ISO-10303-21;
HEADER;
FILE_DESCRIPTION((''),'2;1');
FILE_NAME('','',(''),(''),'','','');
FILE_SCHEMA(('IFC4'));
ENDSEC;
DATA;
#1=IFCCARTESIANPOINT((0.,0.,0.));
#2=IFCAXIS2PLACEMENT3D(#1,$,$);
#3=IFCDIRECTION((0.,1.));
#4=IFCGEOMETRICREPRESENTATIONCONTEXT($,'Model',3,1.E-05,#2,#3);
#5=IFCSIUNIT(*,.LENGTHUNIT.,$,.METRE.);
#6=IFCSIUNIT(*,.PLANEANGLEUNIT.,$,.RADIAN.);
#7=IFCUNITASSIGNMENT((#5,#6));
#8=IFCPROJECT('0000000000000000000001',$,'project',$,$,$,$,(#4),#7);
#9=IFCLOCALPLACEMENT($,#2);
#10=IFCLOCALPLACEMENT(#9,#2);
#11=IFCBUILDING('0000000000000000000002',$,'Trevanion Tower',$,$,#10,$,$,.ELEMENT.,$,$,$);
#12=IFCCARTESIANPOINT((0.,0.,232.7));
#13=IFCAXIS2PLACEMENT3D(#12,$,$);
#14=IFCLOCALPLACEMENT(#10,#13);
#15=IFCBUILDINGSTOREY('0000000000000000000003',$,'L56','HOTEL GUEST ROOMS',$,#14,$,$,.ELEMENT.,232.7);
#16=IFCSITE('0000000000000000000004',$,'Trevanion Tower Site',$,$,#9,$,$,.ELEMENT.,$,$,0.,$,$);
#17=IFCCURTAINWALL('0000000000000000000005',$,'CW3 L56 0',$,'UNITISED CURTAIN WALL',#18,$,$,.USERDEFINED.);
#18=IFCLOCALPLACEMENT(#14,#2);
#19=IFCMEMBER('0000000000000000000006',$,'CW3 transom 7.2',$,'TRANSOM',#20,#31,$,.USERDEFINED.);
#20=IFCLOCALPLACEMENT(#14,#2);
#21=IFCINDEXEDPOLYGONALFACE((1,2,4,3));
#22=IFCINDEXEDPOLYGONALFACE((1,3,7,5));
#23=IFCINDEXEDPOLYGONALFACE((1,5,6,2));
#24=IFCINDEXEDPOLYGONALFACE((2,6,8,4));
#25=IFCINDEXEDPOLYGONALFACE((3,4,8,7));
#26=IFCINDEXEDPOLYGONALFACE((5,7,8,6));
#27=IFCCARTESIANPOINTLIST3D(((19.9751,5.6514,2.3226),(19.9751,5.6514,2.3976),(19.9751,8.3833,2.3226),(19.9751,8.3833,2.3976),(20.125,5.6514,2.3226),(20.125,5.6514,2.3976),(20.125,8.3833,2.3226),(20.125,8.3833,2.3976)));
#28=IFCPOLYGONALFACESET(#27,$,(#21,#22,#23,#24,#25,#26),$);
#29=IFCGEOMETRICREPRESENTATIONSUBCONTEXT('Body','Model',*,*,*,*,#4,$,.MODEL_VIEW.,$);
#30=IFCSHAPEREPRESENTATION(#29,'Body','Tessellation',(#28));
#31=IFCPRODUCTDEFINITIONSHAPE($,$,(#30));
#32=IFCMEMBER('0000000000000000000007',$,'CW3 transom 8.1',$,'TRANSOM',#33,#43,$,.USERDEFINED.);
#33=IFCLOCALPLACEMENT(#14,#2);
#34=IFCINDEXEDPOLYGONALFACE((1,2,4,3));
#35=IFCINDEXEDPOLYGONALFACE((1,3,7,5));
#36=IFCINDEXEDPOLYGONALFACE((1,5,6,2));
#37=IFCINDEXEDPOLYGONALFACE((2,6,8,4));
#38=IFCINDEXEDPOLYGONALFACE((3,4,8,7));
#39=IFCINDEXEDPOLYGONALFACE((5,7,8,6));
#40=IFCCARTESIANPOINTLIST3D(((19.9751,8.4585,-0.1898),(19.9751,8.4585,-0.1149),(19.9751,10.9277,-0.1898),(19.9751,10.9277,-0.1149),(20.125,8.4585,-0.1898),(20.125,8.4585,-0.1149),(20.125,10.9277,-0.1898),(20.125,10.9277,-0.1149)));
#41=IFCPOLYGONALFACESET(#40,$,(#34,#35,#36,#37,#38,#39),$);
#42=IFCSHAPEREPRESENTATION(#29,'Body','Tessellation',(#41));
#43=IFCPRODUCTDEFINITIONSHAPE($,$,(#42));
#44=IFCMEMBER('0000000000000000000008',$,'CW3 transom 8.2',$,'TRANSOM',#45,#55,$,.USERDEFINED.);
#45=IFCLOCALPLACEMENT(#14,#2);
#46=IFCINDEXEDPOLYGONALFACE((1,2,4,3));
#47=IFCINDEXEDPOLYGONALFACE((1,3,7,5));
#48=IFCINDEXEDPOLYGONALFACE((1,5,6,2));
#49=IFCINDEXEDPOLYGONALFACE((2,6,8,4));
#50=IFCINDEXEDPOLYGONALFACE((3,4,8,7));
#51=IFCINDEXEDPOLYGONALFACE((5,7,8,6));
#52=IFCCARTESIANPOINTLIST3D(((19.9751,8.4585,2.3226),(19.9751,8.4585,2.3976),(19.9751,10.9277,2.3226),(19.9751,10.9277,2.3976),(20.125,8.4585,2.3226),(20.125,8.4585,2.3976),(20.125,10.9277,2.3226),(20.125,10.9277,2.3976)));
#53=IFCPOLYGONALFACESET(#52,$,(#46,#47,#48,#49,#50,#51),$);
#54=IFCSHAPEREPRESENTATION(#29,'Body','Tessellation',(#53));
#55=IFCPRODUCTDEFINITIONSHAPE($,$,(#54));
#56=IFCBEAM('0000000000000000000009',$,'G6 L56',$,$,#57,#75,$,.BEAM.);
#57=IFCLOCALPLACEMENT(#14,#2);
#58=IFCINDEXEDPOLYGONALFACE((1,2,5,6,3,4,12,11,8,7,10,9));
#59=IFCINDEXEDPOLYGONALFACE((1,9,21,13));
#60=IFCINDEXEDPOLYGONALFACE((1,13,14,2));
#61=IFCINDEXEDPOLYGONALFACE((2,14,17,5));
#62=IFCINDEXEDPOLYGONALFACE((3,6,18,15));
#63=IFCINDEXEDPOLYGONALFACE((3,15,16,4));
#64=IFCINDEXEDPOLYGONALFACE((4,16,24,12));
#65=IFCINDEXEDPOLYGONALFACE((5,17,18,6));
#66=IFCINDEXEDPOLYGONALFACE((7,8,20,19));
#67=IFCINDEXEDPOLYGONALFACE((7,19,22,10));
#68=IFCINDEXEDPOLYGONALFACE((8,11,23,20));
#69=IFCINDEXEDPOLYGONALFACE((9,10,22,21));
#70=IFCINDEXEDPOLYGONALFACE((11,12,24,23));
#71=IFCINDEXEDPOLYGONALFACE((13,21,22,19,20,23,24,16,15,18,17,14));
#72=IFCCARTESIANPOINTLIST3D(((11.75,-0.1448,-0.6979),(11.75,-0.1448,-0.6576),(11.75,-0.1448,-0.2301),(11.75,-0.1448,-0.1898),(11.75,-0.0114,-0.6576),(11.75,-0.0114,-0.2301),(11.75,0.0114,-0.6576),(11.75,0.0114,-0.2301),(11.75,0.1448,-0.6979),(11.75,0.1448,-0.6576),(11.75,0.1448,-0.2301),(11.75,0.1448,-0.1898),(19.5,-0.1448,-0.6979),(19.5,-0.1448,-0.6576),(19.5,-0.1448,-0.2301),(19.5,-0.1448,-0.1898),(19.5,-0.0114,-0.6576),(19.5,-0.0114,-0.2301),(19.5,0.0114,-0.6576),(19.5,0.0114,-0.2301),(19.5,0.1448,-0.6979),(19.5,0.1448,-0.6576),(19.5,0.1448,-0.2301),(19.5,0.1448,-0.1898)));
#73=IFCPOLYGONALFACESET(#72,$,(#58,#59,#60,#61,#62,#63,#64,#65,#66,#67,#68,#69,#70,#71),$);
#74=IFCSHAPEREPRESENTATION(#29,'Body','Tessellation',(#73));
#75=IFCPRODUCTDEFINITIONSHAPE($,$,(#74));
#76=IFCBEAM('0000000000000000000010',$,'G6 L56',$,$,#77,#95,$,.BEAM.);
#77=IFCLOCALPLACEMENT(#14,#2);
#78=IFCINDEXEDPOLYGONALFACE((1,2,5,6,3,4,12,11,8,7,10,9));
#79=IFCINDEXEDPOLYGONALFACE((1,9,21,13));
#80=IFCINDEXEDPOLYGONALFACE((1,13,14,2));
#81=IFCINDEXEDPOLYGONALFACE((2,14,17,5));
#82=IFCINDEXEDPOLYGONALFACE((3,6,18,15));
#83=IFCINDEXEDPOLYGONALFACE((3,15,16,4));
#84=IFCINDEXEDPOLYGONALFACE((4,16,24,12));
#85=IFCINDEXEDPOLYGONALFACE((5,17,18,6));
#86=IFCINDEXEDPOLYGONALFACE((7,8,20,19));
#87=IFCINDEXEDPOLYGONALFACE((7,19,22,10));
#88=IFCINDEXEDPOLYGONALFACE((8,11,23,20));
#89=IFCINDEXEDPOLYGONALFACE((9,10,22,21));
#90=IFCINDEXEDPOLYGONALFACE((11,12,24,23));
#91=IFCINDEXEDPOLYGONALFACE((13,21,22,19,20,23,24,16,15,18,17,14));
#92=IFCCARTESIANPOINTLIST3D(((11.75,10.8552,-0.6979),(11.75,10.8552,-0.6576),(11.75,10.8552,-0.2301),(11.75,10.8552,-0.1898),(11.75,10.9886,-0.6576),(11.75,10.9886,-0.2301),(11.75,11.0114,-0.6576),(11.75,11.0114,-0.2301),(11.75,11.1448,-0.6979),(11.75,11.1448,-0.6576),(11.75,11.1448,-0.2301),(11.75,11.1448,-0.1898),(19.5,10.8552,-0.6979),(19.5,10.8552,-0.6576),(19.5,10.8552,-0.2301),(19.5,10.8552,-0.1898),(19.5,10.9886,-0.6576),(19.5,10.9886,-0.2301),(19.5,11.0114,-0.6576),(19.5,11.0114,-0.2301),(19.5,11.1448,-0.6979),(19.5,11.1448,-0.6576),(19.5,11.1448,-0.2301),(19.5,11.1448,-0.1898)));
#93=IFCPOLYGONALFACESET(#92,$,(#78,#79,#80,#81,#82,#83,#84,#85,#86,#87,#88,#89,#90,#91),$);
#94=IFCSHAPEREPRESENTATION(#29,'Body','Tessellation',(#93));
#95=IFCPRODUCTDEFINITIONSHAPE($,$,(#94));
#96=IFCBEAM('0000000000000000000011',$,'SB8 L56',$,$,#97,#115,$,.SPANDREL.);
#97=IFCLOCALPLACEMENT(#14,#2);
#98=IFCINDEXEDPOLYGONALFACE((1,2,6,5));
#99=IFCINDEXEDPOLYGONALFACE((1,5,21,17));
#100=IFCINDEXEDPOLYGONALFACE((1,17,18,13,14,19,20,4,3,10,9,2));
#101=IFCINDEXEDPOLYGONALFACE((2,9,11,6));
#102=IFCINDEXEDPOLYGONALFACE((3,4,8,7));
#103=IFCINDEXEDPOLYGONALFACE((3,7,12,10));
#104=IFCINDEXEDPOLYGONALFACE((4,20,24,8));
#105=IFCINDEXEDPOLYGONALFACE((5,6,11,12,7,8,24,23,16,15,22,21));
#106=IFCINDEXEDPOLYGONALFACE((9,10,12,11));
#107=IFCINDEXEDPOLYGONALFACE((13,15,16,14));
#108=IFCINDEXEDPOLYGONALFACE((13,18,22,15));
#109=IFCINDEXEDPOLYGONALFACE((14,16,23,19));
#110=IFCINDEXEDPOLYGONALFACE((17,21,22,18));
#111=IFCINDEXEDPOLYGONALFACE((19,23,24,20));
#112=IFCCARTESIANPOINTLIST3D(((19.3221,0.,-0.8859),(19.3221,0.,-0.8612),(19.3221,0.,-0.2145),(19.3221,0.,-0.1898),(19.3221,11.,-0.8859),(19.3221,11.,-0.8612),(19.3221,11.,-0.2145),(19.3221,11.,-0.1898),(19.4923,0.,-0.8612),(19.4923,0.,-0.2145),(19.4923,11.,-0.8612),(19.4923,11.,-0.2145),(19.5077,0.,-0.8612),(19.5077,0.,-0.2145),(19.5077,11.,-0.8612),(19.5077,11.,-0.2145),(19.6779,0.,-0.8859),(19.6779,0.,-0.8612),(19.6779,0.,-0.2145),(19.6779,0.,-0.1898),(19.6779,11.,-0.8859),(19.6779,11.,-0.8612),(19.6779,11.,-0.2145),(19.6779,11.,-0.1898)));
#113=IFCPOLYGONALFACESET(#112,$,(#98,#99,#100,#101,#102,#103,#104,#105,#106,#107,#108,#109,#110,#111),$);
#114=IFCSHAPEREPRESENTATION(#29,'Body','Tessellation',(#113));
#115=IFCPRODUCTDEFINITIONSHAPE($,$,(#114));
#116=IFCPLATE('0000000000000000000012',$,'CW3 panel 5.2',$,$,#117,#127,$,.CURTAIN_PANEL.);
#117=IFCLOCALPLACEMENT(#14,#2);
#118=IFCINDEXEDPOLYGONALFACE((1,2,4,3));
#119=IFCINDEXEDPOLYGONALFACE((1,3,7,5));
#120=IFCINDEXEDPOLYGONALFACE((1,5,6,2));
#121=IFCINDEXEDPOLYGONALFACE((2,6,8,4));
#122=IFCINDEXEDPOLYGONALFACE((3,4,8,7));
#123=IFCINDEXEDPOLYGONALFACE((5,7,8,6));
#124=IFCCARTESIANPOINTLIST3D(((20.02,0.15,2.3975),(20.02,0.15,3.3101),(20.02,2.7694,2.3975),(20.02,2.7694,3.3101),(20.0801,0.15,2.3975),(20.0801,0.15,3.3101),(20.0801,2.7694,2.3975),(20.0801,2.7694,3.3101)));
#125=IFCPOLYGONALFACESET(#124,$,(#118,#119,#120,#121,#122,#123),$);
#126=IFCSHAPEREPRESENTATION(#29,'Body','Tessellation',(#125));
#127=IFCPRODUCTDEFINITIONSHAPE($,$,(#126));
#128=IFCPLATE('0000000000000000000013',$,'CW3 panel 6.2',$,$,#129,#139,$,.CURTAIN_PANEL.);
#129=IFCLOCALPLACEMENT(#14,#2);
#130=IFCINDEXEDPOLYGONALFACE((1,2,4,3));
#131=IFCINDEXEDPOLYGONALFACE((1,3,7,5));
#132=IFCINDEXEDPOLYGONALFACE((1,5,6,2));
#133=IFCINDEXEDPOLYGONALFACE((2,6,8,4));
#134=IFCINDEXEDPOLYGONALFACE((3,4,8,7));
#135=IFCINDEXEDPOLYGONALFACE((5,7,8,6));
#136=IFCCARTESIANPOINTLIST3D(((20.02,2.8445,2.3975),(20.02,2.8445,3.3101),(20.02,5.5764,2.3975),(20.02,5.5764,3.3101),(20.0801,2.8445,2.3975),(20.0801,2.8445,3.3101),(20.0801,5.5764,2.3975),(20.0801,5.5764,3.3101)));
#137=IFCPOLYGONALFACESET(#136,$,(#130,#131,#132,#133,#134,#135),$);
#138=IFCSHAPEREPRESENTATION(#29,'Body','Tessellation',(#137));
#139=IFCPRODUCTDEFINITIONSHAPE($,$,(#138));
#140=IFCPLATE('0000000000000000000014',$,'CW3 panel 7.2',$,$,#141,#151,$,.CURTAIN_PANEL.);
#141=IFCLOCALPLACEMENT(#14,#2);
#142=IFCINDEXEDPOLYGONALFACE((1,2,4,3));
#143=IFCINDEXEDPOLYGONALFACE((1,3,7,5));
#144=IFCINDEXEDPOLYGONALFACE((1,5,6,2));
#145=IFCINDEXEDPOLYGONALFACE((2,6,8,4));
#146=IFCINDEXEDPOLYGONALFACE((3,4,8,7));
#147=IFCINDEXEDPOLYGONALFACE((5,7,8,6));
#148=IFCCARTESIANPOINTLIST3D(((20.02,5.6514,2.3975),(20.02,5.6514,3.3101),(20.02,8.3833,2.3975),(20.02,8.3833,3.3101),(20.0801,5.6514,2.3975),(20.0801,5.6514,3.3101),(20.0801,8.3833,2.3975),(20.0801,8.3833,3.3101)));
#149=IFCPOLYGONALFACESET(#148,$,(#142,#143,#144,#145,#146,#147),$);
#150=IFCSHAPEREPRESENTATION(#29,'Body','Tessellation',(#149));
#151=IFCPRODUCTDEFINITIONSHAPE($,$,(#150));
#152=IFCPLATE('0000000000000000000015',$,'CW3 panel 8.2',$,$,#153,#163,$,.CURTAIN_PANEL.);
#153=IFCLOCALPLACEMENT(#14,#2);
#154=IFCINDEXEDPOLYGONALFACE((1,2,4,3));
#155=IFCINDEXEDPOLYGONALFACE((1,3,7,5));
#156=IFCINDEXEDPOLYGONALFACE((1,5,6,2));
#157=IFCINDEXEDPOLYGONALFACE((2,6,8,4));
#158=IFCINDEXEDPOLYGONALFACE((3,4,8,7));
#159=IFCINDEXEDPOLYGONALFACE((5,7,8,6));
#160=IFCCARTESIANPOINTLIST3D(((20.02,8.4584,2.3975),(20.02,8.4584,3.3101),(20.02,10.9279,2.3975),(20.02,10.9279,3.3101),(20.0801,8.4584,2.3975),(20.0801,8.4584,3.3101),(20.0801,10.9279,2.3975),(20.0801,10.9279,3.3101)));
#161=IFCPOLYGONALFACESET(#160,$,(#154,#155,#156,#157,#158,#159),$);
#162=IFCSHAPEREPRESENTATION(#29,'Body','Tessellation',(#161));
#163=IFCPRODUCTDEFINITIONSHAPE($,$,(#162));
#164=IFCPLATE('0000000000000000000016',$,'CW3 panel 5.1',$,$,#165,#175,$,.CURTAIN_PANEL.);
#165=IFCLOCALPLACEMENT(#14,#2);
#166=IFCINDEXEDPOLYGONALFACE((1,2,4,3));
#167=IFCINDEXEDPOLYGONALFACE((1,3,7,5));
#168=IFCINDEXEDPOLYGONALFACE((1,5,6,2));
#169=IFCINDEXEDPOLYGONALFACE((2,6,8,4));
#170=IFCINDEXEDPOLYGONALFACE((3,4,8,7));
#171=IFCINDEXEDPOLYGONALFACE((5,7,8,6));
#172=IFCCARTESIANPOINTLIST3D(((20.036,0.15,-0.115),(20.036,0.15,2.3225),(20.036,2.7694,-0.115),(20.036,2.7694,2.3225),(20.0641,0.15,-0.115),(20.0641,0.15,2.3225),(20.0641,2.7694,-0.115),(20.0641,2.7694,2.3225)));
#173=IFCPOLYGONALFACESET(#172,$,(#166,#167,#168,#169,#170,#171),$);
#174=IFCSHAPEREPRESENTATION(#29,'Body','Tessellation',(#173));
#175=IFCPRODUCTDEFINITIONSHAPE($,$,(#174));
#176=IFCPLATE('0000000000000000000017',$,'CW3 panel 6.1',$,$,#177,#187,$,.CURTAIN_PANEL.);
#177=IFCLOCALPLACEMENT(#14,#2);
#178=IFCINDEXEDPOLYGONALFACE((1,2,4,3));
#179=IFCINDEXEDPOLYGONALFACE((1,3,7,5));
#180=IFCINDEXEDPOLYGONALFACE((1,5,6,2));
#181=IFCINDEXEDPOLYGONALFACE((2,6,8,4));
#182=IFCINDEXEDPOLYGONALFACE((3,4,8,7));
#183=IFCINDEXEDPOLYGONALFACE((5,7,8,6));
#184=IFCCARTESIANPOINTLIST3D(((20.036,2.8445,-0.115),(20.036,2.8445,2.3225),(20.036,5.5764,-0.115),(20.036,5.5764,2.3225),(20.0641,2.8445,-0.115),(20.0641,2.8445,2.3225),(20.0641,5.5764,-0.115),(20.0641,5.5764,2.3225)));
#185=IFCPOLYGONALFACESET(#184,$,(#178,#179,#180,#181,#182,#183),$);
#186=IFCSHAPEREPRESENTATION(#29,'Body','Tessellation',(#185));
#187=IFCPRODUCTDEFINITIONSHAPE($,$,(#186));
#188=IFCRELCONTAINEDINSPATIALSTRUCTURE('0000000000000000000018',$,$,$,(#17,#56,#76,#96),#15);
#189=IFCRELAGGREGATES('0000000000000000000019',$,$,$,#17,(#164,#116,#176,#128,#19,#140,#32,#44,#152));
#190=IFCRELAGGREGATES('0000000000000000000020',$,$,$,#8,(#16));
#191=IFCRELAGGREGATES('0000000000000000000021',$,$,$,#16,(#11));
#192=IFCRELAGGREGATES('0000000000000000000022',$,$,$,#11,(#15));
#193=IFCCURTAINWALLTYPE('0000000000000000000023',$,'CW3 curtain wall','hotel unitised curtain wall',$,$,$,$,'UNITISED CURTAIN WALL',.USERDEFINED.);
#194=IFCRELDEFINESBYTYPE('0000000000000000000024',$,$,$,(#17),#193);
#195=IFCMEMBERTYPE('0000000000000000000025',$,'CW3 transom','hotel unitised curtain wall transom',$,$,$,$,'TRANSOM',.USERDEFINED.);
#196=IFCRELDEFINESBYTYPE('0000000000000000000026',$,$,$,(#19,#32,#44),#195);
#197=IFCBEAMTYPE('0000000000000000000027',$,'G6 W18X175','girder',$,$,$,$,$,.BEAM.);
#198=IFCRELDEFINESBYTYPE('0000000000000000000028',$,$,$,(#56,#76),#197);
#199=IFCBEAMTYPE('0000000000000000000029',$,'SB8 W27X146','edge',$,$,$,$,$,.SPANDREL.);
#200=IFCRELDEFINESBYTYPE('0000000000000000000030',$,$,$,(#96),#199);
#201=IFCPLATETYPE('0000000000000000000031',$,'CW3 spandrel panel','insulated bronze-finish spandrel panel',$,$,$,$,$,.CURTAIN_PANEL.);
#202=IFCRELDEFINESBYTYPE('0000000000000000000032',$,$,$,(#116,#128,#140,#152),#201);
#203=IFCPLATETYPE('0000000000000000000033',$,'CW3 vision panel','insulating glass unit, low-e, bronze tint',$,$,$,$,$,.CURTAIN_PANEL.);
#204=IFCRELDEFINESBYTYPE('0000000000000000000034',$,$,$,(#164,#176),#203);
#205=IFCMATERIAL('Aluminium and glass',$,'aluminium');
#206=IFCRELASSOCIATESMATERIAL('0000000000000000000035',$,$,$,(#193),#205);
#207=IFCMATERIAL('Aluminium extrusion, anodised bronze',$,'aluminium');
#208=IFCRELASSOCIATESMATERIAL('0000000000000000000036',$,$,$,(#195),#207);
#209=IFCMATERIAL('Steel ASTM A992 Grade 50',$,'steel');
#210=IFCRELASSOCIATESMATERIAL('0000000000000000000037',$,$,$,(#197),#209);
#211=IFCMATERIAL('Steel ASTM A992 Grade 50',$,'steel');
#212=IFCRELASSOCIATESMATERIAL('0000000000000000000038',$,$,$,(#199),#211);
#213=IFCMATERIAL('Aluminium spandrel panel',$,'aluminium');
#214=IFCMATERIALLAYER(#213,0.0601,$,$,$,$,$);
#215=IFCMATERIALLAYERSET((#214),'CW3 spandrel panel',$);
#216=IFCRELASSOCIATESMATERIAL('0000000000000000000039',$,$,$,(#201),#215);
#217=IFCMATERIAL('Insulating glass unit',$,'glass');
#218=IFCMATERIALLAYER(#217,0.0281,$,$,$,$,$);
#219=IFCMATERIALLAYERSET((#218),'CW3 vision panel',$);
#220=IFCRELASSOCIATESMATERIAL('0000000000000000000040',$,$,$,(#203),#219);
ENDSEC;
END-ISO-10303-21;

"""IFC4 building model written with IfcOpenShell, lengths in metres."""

from ifc_helpers import new_model, si_unit, direction, frame, origin, origin_2d, place, context, subcontext, project, spatial, rectangle, i_section, extrude, material, layer, layer_set, material_profile, profile_set, type_object, element, aggregate, save


model = new_model("IFC4")

# Units and contexts
model_context = context("Model", 3, precision=1e-05, world=origin(), true_north=direction((0.0, 1.0)))
body_context = subcontext(model_context, "Body", "Model", "MODEL_VIEW")
ifc_project = project(units=[si_unit("LENGTHUNIT", "METRE"), si_unit("PLANEANGLEUNIT", "RADIAN")], contexts=[model_context])

# Site, building, storey
site_placement = place(None, origin())
site = spatial("IfcSite", under=ifc_project, at=site_placement, Name="Trevanion Tower Site", CompositionType="ELEMENT", RefElevation=0.0)
building_placement = place(site_placement, origin())
building = spatial("IfcBuilding", under=site, at=building_placement, Name="Trevanion Tower", CompositionType="ELEMENT")
storey_placement = place(building_placement, frame((0.0, 0.0, 232.7)))
storey = spatial("IfcBuildingStorey", under=building, at=storey_placement, Name="L56", Description="HOTEL GUEST ROOMS", CompositionType="ELEMENT", Elevation=232.7)

# Curtain wall, members
ifc_material_1 = material(Name="Aluminium and glass", Category="aluminium")
curtain_wall_type = type_object("IfcCurtainWallType", Name="CW3 curtain wall", Description="hotel unitised curtain wall", ElementType="UNITISED CURTAIN WALL", PredefinedType="USERDEFINED", material=ifc_material_1)
curtain_wall_placement = place(storey_placement, origin())
curtain_wall = element("IfcCurtainWall", 1, at=curtain_wall_placement, inside=storey, type_object=curtain_wall_type, Name="CW3 L56 0", ObjectType="UNITISED CURTAIN WALL", PredefinedType="USERDEFINED")
ifc_material_2 = material(Name="Aluminium extrusion, anodised bronze", Category="aluminium")
ifc_material_profile_1 = material_profile(ifc_material_2, rectangle(XDim=0.1499, YDim=0.075, at=origin_2d()), Name="CW3 transom")
ifc_profile_set_1 = profile_set([ifc_material_profile_1], Name="Aluminium extrusion, anodised bronze")
member_type_1 = type_object("IfcMemberType", Name="CW3 transom", Description="hotel unitised curtain wall transom", ElementType="TRANSOM", PredefinedType="USERDEFINED", material=ifc_profile_set_1)
member_1_placement = place(storey_placement, frame((20.05, 5.6514, 2.3601), z_axis=(0.0, 1.0, 0.0), x_axis=(-1.0, 0.0, 0.0)))
member_1 = element("IfcMember", 2, at=member_1_placement, type_object=member_type_1, Name="CW3 transom 7.2", ObjectType="TRANSOM", PredefinedType="USERDEFINED", context=body_context, shape_type="SweptSolid", body=[
    extrude(rectangle(XDim=0.1499, YDim=0.075, at=origin_2d()), origin(), (0.0, 0.0, 1.0), 2.7319),
])
member_2_placement = place(storey_placement, frame((20.05, 8.4585, -0.1523), z_axis=(0.0, 1.0, 0.0), x_axis=(-1.0, 0.0, 0.0)))
member_2 = element("IfcMember", 3, at=member_2_placement, type_object=member_type_1, Name="CW3 transom 8.1", ObjectType="TRANSOM", PredefinedType="USERDEFINED", context=body_context, shape_type="SweptSolid", body=[
    extrude(rectangle(XDim=0.1499, YDim=0.075, at=origin_2d()), origin(), (0.0, 0.0, 1.0), 2.4692),
])
member_3_placement = place(storey_placement, frame((20.05, 8.4585, 2.3601), z_axis=(0.0, 1.0, 0.0), x_axis=(-1.0, 0.0, 0.0)))
member_3 = element("IfcMember", 4, at=member_3_placement, type_object=member_type_1, Name="CW3 transom 8.2", ObjectType="TRANSOM", PredefinedType="USERDEFINED", context=body_context, shape_type="SweptSolid", body=[
    extrude(rectangle(XDim=0.1499, YDim=0.075, at=origin_2d()), origin(), (0.0, 0.0, 1.0), 2.4692),
])

# Beams
ifc_material_3 = material(Name="Steel ASTM A992 Grade 50", Category="steel")
ifc_material_profile_2 = material_profile(ifc_material_3, i_section(OverallWidth=0.2896, OverallDepth=0.5081, WebThickness=0.0227, FlangeThickness=0.0403, at=origin_2d()), Name="W18X175")
ifc_profile_set_2 = profile_set([ifc_material_profile_2], Name="Steel ASTM A992 Grade 50")
beam_type_1 = type_object("IfcBeamType", Name="G6 W18X175", Description="girder", PredefinedType="BEAM", material=ifc_profile_set_2)
for number, where, z_axis, x_axis, name in (
    (5, (11.75, 0.0, -0.4438), (1.0, 0.0, 0.0), (0.0, 1.0, 0.0), "G6 L56"),
    (6, (11.75, 11.0, -0.4438), (1.0, 0.0, 0.0), (0.0, 1.0, 0.0), "G6 L56"),
):
    element("IfcBeam", number, at=place(storey_placement, frame(where, z_axis=z_axis, x_axis=x_axis)), inside=storey, type_object=beam_type_1, Name=name, PredefinedType="BEAM", context=body_context, shape_type="SweptSolid", body=[
        extrude(i_section(OverallWidth=0.2896, OverallDepth=0.5081, WebThickness=0.0227, FlangeThickness=0.0403, at=origin_2d()), origin(), (0.0, 0.0, 1.0), 7.75),
    ])
ifc_material_4 = material(Name="Steel ASTM A992 Grade 50", Category="steel")
ifc_material_profile_3 = material_profile(ifc_material_4, i_section(OverallWidth=0.3557, OverallDepth=0.696, WebThickness=0.0154, FlangeThickness=0.0247, at=origin_2d()), Name="W27X146")
ifc_profile_set_3 = profile_set([ifc_material_profile_3], Name="Steel ASTM A992 Grade 50")
beam_type_2 = type_object("IfcBeamType", Name="SB8 W27X146", Description="edge", PredefinedType="SPANDREL", material=ifc_profile_set_3)
beam_placement = place(storey_placement, frame((19.5, 0.0, -0.5378), z_axis=(0.0, 1.0, 0.0), x_axis=(-1.0, 0.0, 0.0)))
element("IfcBeam", 7, at=beam_placement, inside=storey, type_object=beam_type_2, Name="SB8 L56", PredefinedType="SPANDREL", context=body_context, shape_type="SweptSolid", body=[
    extrude(i_section(OverallWidth=0.3557, OverallDepth=0.696, WebThickness=0.0154, FlangeThickness=0.0247, at=origin_2d()), origin(), (0.0, 0.0, 1.0), 11.0),
])

# Plates
ifc_material_5 = material(Name="Aluminium spandrel panel", Category="aluminium")
ifc_layer_1 = layer(ifc_material_5, 0.0601)
ifc_layer_set_1 = layer_set([ifc_layer_1], Name="CW3 spandrel panel")
plate_type_1 = type_object("IfcPlateType", Name="CW3 spandrel panel", Description="insulated bronze-finish spandrel panel", PredefinedType="CURTAIN_PANEL", material=ifc_layer_set_1)
plate_1_placement = place(storey_placement, frame((20.05, 1.4597, 2.3975), z_axis=(0.0, 0.0, 1.0), x_axis=(0.0, 1.0, 0.0)))
plate_1 = element("IfcPlate", 8, at=plate_1_placement, type_object=plate_type_1, Name="CW3 panel 5.2", PredefinedType="CURTAIN_PANEL", context=body_context, shape_type="SweptSolid", body=[
    extrude(rectangle(XDim=2.6194, YDim=0.0601, at=origin_2d()), origin(), (0.0, 0.0, 1.0), 0.9126),
])
plate_2_placement = place(storey_placement, frame((20.05, 4.2104, 2.3975), z_axis=(0.0, 0.0, 1.0), x_axis=(0.0, 1.0, 0.0)))
plate_2 = element("IfcPlate", 9, at=plate_2_placement, type_object=plate_type_1, Name="CW3 panel 6.2", PredefinedType="CURTAIN_PANEL", context=body_context, shape_type="SweptSolid", body=[
    extrude(rectangle(XDim=2.7319, YDim=0.0601, at=origin_2d()), origin(), (0.0, 0.0, 1.0), 0.9126),
])
plate_3_placement = place(storey_placement, frame((20.05, 7.0173, 2.3975), z_axis=(0.0, 0.0, 1.0), x_axis=(0.0, 1.0, 0.0)))
plate_3 = element("IfcPlate", 10, at=plate_3_placement, type_object=plate_type_1, Name="CW3 panel 7.2", PredefinedType="CURTAIN_PANEL", context=body_context, shape_type="SweptSolid", body=[
    extrude(rectangle(XDim=2.7319, YDim=0.0601, at=origin_2d()), origin(), (0.0, 0.0, 1.0), 0.9126),
])
plate_4_placement = place(storey_placement, frame((20.05, 9.6931, 2.3975), z_axis=(0.0, 0.0, 1.0), x_axis=(0.0, 1.0, 0.0)))
plate_4 = element("IfcPlate", 11, at=plate_4_placement, type_object=plate_type_1, Name="CW3 panel 8.2", PredefinedType="CURTAIN_PANEL", context=body_context, shape_type="SweptSolid", body=[
    extrude(rectangle(XDim=2.4695, YDim=0.0601, at=origin_2d()), origin(), (0.0, 0.0, 1.0), 0.9126),
])
ifc_material_6 = material(Name="Insulating glass unit", Category="glass")
ifc_layer_2 = layer(ifc_material_6, 0.0281)
ifc_layer_set_2 = layer_set([ifc_layer_2], Name="CW3 vision panel")
plate_type_2 = type_object("IfcPlateType", Name="CW3 vision panel", Description="insulating glass unit, low-e, bronze tint", PredefinedType="CURTAIN_PANEL", material=ifc_layer_set_2)
plate_5_placement = place(storey_placement, frame((20.05, 1.4597, -0.115), z_axis=(0.0, 0.0, 1.0), x_axis=(0.0, 1.0, 0.0)))
plate_5 = element("IfcPlate", 12, at=plate_5_placement, type_object=plate_type_2, Name="CW3 panel 5.1", PredefinedType="CURTAIN_PANEL", context=body_context, shape_type="SweptSolid", body=[
    extrude(rectangle(XDim=2.6194, YDim=0.0281, at=origin_2d()), origin(), (0.0, 0.0, 1.0), 2.4375),
])
plate_6_placement = place(storey_placement, frame((20.05, 4.2104, -0.115), z_axis=(0.0, 0.0, 1.0), x_axis=(0.0, 1.0, 0.0)))
plate_6 = element("IfcPlate", 13, at=plate_6_placement, type_object=plate_type_2, Name="CW3 panel 6.1", PredefinedType="CURTAIN_PANEL", context=body_context, shape_type="SweptSolid", body=[
    extrude(rectangle(XDim=2.7319, YDim=0.0281, at=origin_2d()), origin(), (0.0, 0.0, 1.0), 2.4375),
])
aggregate(curtain_wall, [plate_5, plate_1, plate_6, plate_2, member_1, plate_3, member_2, member_3, plate_4])

save(model, "model.ifc")
